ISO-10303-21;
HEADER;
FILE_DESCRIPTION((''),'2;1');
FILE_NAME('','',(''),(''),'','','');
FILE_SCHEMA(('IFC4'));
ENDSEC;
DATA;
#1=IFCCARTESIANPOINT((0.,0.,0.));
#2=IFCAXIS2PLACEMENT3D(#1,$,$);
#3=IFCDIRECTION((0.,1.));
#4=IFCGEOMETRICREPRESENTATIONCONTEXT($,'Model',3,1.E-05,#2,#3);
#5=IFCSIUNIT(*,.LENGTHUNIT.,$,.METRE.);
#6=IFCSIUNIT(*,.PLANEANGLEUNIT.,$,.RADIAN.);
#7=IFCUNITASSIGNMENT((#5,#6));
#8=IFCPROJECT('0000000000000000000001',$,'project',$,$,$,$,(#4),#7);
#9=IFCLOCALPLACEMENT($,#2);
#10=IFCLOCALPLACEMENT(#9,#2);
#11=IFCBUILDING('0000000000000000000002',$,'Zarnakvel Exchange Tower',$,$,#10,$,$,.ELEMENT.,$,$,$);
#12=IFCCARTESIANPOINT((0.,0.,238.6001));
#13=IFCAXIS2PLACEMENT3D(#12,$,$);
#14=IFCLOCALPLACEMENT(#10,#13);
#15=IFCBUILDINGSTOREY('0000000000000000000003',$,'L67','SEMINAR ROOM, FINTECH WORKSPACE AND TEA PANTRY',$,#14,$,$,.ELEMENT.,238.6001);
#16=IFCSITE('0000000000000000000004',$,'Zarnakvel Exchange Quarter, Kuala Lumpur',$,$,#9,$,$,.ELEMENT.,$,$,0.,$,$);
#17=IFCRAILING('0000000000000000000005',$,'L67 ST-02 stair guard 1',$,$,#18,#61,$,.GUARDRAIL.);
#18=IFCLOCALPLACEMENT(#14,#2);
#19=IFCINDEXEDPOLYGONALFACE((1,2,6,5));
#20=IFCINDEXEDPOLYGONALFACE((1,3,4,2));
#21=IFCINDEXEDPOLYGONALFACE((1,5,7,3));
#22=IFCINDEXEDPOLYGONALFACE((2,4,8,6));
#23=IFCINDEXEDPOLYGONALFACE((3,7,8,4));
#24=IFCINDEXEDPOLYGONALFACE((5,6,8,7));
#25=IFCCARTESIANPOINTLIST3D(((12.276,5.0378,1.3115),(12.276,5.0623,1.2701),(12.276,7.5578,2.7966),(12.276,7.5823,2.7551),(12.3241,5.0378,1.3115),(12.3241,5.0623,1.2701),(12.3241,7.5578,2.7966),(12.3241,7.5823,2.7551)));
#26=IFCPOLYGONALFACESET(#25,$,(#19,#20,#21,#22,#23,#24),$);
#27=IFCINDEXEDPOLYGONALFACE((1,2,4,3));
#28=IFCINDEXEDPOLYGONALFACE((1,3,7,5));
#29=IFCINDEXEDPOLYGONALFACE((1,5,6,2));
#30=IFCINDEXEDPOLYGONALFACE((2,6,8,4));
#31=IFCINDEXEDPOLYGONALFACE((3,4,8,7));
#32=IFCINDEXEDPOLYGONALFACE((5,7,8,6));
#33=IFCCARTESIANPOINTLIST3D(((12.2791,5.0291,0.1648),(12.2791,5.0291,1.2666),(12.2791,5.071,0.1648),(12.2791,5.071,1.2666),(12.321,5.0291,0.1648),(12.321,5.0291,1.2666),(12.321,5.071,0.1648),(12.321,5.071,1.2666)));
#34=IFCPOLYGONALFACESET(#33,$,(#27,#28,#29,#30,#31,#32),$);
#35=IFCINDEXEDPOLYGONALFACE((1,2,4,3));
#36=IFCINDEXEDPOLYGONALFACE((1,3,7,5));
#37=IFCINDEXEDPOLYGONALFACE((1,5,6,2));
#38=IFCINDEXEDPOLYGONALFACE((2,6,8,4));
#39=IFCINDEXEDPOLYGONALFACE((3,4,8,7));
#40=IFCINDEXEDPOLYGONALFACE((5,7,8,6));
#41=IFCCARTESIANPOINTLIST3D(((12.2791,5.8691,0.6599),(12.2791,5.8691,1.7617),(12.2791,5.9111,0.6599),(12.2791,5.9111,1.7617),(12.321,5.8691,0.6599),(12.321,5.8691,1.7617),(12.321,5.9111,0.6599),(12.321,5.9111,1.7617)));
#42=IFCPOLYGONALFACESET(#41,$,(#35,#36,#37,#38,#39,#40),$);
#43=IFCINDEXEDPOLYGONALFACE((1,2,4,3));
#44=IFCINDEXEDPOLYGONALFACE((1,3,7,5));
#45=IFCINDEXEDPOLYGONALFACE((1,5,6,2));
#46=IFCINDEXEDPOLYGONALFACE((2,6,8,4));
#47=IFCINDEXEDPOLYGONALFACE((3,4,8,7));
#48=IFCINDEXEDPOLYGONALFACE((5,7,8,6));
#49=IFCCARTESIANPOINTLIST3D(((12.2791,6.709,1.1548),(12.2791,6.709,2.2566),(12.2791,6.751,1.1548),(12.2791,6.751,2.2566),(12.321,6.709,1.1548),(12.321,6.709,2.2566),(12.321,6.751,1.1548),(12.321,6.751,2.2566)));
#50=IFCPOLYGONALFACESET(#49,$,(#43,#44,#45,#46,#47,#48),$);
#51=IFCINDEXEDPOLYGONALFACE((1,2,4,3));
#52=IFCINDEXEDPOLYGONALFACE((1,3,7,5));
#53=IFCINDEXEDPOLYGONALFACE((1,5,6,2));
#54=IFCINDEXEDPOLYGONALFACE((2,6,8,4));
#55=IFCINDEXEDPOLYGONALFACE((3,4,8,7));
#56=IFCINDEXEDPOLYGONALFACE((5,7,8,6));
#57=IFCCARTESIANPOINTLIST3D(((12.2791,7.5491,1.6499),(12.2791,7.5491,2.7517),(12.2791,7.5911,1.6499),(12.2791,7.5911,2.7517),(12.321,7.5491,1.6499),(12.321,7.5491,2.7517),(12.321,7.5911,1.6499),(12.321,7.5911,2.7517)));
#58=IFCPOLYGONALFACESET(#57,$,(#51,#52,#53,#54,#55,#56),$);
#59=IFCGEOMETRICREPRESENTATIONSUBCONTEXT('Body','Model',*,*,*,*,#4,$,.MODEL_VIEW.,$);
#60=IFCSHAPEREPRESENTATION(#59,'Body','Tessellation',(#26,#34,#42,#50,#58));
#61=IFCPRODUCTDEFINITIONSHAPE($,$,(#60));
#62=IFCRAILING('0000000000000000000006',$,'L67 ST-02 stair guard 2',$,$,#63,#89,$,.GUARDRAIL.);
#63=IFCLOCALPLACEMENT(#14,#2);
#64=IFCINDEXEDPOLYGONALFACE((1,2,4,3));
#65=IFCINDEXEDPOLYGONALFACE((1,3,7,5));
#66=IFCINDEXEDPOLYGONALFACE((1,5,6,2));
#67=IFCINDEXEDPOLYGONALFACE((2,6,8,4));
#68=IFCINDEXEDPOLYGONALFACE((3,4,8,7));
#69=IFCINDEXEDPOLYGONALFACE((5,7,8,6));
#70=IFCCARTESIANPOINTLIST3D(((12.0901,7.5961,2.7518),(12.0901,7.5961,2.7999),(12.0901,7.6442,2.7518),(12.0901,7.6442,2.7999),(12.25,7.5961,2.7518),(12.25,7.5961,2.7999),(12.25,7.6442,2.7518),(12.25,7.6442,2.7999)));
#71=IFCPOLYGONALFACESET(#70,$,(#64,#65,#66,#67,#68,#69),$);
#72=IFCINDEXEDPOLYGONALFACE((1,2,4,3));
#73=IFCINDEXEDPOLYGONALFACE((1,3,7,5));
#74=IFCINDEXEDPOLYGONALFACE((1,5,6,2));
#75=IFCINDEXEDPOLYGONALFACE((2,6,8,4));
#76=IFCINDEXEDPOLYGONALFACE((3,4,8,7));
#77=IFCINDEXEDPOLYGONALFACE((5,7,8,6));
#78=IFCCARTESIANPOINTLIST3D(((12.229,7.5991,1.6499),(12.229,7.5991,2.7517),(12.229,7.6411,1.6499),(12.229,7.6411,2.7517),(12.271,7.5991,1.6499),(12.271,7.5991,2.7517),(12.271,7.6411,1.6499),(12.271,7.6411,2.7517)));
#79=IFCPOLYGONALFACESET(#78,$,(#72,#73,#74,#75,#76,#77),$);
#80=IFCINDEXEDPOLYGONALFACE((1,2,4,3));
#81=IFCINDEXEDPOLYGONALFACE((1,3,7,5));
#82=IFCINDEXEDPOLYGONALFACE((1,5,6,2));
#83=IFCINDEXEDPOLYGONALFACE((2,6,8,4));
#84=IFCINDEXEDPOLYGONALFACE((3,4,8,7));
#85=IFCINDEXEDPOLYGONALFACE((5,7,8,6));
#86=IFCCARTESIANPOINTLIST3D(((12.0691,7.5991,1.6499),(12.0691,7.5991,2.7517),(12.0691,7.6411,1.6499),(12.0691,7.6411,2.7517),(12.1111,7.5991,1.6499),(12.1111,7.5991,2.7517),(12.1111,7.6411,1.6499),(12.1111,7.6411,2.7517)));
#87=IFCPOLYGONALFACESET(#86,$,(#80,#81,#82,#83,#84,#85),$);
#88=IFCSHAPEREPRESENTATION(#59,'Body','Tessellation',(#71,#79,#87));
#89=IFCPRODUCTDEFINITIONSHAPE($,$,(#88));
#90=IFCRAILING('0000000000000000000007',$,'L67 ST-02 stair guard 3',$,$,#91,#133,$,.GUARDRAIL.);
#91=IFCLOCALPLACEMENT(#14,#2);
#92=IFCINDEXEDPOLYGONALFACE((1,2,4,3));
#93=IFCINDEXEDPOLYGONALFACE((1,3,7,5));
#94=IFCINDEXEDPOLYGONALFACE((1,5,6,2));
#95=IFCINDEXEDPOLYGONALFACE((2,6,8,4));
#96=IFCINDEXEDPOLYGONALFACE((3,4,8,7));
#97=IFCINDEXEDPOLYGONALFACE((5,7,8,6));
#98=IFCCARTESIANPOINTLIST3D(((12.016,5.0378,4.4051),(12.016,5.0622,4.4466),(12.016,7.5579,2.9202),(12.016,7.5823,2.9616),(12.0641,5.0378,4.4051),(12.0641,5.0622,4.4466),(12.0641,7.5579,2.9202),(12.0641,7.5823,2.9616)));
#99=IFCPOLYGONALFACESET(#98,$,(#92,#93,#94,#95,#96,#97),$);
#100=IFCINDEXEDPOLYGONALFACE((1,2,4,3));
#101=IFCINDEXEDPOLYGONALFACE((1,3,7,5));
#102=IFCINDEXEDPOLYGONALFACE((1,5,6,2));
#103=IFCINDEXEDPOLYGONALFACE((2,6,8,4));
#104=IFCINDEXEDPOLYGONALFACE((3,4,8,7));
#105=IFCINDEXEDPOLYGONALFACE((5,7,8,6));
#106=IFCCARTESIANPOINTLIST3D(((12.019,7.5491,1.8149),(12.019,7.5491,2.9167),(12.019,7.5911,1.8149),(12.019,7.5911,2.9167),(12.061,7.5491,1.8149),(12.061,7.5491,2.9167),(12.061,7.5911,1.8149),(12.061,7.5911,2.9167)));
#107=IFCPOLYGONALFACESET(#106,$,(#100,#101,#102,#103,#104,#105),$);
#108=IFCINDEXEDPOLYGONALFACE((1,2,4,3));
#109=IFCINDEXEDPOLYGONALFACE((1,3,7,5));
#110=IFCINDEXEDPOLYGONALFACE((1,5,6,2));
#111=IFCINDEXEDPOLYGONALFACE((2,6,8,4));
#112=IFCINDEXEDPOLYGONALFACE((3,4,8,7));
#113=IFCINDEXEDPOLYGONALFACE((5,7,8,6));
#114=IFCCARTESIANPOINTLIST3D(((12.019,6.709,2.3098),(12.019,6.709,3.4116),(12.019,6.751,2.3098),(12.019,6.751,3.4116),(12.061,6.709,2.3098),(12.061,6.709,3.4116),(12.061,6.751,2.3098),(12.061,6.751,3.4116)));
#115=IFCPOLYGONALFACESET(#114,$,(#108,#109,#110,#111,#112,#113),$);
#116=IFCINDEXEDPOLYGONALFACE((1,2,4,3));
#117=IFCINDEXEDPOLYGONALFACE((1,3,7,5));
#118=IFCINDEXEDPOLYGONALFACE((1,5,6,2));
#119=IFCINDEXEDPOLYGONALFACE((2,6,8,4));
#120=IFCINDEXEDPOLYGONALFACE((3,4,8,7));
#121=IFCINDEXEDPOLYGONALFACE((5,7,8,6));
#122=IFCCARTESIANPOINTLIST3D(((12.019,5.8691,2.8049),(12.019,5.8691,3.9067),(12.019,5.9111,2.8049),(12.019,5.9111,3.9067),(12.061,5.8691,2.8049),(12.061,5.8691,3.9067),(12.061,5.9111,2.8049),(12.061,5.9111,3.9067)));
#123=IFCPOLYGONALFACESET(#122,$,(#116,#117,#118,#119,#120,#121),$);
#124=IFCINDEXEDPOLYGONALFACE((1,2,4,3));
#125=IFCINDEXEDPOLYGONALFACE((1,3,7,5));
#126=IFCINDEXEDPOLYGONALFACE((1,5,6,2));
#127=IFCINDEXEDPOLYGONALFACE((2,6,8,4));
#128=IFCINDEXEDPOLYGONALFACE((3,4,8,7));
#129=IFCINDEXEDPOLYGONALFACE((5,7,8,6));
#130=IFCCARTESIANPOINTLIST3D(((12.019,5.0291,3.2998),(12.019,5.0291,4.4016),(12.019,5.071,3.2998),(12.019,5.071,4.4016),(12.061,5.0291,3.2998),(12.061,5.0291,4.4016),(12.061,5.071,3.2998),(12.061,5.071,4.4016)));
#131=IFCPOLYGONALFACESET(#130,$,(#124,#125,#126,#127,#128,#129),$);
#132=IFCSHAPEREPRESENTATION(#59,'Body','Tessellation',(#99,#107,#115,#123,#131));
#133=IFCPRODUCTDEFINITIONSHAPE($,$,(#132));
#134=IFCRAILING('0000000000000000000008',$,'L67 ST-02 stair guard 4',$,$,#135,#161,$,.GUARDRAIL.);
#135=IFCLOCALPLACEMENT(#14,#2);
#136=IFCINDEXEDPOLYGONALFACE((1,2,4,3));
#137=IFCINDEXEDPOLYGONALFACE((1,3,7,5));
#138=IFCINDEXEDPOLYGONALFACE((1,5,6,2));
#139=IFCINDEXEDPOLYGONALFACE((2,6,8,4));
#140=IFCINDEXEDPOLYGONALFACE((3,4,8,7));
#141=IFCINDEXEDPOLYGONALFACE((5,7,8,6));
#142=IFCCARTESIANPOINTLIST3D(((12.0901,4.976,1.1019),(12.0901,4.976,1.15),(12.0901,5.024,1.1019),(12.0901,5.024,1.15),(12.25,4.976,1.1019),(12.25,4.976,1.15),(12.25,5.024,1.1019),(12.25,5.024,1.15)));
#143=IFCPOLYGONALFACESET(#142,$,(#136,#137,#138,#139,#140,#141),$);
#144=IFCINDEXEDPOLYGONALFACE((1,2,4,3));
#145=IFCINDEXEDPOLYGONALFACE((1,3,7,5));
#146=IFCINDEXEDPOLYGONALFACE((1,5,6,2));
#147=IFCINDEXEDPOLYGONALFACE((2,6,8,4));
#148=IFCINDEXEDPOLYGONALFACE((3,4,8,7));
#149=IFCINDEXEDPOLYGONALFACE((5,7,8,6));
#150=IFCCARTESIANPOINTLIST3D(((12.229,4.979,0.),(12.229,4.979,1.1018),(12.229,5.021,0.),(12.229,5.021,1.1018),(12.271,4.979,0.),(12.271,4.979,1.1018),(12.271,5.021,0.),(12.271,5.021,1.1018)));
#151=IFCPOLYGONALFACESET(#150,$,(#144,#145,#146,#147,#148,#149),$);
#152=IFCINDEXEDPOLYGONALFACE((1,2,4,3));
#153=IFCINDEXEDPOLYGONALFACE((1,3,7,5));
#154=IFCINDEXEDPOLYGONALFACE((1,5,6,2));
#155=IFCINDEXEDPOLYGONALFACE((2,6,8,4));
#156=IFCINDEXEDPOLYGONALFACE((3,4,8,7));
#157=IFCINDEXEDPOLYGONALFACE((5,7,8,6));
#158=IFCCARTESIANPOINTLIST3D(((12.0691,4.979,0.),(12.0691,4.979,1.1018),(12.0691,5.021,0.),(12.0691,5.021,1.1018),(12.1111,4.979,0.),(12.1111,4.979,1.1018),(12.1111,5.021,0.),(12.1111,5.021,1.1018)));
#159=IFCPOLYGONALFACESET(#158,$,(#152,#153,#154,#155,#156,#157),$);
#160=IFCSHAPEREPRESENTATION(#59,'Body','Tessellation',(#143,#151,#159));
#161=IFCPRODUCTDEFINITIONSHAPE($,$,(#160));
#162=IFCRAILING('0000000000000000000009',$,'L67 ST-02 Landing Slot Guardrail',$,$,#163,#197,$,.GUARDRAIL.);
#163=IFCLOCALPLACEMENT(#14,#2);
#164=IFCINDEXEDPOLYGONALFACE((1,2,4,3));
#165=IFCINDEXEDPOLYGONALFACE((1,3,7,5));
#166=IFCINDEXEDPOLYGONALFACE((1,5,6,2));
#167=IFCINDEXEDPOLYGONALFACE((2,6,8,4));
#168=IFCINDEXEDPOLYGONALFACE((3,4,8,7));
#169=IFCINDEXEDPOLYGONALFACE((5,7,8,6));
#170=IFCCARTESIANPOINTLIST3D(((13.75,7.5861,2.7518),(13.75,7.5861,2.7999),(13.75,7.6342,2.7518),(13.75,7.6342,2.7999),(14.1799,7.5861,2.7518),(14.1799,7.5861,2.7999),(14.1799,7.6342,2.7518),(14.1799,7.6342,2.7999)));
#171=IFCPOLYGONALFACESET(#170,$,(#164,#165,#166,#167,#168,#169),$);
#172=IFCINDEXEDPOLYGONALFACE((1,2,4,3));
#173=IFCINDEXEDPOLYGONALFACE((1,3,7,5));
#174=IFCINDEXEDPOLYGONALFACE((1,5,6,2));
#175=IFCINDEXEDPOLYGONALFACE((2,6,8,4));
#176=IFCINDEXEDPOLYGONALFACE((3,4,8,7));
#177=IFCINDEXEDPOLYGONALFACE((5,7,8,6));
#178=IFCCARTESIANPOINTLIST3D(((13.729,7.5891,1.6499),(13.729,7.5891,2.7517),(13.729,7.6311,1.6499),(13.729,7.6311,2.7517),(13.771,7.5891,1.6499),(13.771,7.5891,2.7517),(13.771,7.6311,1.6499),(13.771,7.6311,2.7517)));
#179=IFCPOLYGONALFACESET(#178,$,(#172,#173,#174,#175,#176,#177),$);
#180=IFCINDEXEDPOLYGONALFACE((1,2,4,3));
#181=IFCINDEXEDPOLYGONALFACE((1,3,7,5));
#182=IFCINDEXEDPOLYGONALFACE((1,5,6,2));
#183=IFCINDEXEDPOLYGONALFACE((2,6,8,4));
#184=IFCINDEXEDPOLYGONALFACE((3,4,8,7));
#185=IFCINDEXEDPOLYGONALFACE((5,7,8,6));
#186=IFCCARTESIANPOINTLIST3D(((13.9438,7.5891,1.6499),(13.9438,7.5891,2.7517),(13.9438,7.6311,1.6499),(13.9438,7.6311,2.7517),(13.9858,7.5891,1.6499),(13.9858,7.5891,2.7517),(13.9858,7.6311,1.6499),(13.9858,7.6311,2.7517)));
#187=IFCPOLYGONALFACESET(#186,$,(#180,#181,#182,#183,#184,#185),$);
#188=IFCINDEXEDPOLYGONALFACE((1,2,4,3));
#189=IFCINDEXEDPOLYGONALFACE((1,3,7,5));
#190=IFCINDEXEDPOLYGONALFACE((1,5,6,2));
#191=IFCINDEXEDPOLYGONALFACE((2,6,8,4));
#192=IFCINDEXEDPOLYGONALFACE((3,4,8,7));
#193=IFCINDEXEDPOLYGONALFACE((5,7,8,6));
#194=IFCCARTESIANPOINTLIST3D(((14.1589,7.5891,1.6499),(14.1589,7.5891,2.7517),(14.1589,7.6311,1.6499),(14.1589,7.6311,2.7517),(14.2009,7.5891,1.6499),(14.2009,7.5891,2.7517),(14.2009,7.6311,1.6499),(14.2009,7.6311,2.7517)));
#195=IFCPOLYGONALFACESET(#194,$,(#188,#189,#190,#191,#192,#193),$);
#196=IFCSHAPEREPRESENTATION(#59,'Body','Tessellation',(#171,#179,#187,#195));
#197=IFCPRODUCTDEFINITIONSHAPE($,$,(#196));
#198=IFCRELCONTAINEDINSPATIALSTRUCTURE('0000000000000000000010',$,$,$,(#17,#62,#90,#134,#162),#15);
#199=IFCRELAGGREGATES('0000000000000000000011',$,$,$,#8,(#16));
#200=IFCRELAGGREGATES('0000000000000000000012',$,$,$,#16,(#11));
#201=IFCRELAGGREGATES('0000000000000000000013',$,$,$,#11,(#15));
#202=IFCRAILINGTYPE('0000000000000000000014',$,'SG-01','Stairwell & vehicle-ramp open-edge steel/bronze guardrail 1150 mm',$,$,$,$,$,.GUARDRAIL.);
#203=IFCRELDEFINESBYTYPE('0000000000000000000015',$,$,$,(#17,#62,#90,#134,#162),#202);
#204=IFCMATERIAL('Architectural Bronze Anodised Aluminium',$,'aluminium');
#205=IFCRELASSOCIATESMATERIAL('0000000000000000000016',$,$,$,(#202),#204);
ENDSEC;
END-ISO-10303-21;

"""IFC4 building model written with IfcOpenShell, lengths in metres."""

from ifc_helpers import new_model, si_unit, direction, frame, origin, origin_2d, place, context, subcontext, project, spatial, rectangle, extrude, material, type_object, element, save


model = new_model("IFC4")

# Units and contexts
model_context = context("Model", 3, precision=1e-05, world=origin(), true_north=direction((0.0, 1.0)))
body_context = subcontext(model_context, "Body", "Model", "MODEL_VIEW")
ifc_project = project(units=[si_unit("LENGTHUNIT", "METRE"), si_unit("PLANEANGLEUNIT", "RADIAN")], contexts=[model_context])

# Site, building, storey
site_placement = place(None, origin())
site = spatial("IfcSite", under=ifc_project, at=site_placement, Name="Zarnakvel Exchange Quarter, Kuala Lumpur", CompositionType="ELEMENT", RefElevation=0.0)
building_placement = place(site_placement, origin())
building = spatial("IfcBuilding", under=site, at=building_placement, Name="Zarnakvel Exchange Tower", CompositionType="ELEMENT")
storey_placement = place(building_placement, frame((0.0, 0.0, 238.6001)))
storey = spatial("IfcBuildingStorey", under=building, at=storey_placement, Name="L67", Description="SEMINAR ROOM, FINTECH WORKSPACE AND TEA PANTRY", CompositionType="ELEMENT", Elevation=238.6001)

# Shared definitions
ifc_material_1 = material(Name="Architectural Bronze Anodised Aluminium", Category="aluminium")

# Railings
railing_type_1 = type_object("IfcRailingType", Name="SG-01", Description="Stairwell & vehicle-ramp open-edge steel/bronze guardrail 1150 mm", PredefinedType="GUARDRAIL", material=ifc_material_1)
railing_1_placement = place(storey_placement, frame((12.3, 5.05, 0.1648)))
element("IfcRailing", 1, at=railing_1_placement, inside=storey, type_object=railing_type_1, Name="L67 ST-02 stair guard 1", PredefinedType="GUARDRAIL", context=body_context, shape_type="SweptSolid", body=[
    extrude(rectangle(XDim=0.0481, YDim=0.0481, at=origin_2d()), frame((0.0, 0.0, 1.126), z_axis=(0.0, 0.861524, 0.507717), x_axis=(-1.0, 0.0, 0.0)), (0.0, 0.0, 1.0), 2.925),
    extrude(rectangle(XDim=0.042, YDim=0.042, at=origin_2d()), origin(), (0.0, 0.0, 1.0), 1.1018),
    extrude(rectangle(XDim=0.042, YDim=0.042, at=origin_2d()), frame((0.0, 0.8401, 0.4951)), (0.0, 0.0, 1.0), 1.1018),
    extrude(rectangle(XDim=0.042, YDim=0.042, at=origin_2d()), frame((0.0, 1.6799, 0.99)), (0.0, 0.0, 1.0), 1.1018),
    extrude(rectangle(XDim=0.042, YDim=0.042, at=origin_2d()), frame((0.0, 2.52, 1.4851)), (0.0, 0.0, 1.0), 1.1018),
])
railing_2_placement = place(storey_placement, frame((12.25, 7.6201, 1.6499)))
element("IfcRailing", 2, at=railing_2_placement, inside=storey, type_object=railing_type_1, Name="L67 ST-02 stair guard 2", PredefinedType="GUARDRAIL", context=body_context, shape_type="SweptSolid", body=[
    extrude(rectangle(XDim=0.0481, YDim=0.0481, at=origin_2d()), frame((0.0, 0.0, 1.126), z_axis=(-1.0, 0.0, 0.0), x_axis=(0.0, -1.0, 0.0)), (0.0, 0.0, 1.0), 0.1599),
    extrude(rectangle(XDim=0.042, YDim=0.042, at=origin_2d()), origin(), (0.0, 0.0, 1.0), 1.1018),
    extrude(rectangle(XDim=0.042, YDim=0.042, at=origin_2d()), frame((-0.1599, 0.0, 0.0)), (0.0, 0.0, 1.0), 1.1018),
])
railing_3_placement = place(storey_placement, frame((12.04, 7.5701, 1.8149)))
element("IfcRailing", 3, at=railing_3_placement, inside=storey, type_object=railing_type_1, Name="L67 ST-02 stair guard 3", PredefinedType="GUARDRAIL", context=body_context, shape_type="SweptSolid", body=[
    extrude(rectangle(XDim=0.0481, YDim=0.0481, at=origin_2d()), frame((0.0, 0.0, 1.126), z_axis=(0.0, -0.861561, 0.507655), x_axis=(1.0, 0.0, 0.0)), (0.0, 0.0, 1.0), 2.925),
    extrude(rectangle(XDim=0.042, YDim=0.042, at=origin_2d()), origin(), (0.0, 0.0, 1.0), 1.1018),
    extrude(rectangle(XDim=0.042, YDim=0.042, at=origin_2d()), frame((0.0, -0.8401, 0.4949)), (0.0, 0.0, 1.0), 1.1018),
    extrude(rectangle(XDim=0.042, YDim=0.042, at=origin_2d()), frame((0.0, -1.6799, 0.99)), (0.0, 0.0, 1.0), 1.1018),
    extrude(rectangle(XDim=0.042, YDim=0.042, at=origin_2d()), frame((0.0, -2.52, 1.4849)), (0.0, 0.0, 1.0), 1.1018),
])
railing_4_placement = place(storey_placement, frame((12.25, 5.0, 0.0)))
element("IfcRailing", 4, at=railing_4_placement, inside=storey, type_object=railing_type_1, Name="L67 ST-02 stair guard 4", PredefinedType="GUARDRAIL", context=body_context, shape_type="SweptSolid", body=[
    extrude(rectangle(XDim=0.0481, YDim=0.0481, at=origin_2d()), frame((0.0, 0.0, 1.126), z_axis=(-1.0, 0.0, 0.0), x_axis=(0.0, -1.0, 0.0)), (0.0, 0.0, 1.0), 0.1599),
    extrude(rectangle(XDim=0.042, YDim=0.042, at=origin_2d()), origin(), (0.0, 0.0, 1.0), 1.1018),
    extrude(rectangle(XDim=0.042, YDim=0.042, at=origin_2d()), frame((-0.1599, 0.0, 0.0)), (0.0, 0.0, 1.0), 1.1018),
])
railing_5_placement = place(storey_placement, frame((13.75, 7.6101, 1.6499)))
element("IfcRailing", 5, at=railing_5_placement, inside=storey, type_object=railing_type_1, Name="L67 ST-02 Landing Slot Guardrail", PredefinedType="GUARDRAIL", context=body_context, shape_type="SweptSolid", body=[
    extrude(rectangle(XDim=0.0481, YDim=0.0481, at=origin_2d()), frame((0.0, 0.0, 1.126), z_axis=(1.0, 0.0, 0.0), x_axis=(0.0, 1.0, 0.0)), (0.0, 0.0, 1.0), 0.4299),
    extrude(rectangle(XDim=0.042, YDim=0.042, at=origin_2d()), origin(), (0.0, 0.0, 1.0), 1.1018),
    extrude(rectangle(XDim=0.042, YDim=0.042, at=origin_2d()), frame((0.2148, 0.0, 0.0)), (0.0, 0.0, 1.0), 1.1018),
    extrude(rectangle(XDim=0.042, YDim=0.042, at=origin_2d()), frame((0.4299, 0.0, 0.0)), (0.0, 0.0, 1.0), 1.1018),
])

save(model, "model.ifc")
